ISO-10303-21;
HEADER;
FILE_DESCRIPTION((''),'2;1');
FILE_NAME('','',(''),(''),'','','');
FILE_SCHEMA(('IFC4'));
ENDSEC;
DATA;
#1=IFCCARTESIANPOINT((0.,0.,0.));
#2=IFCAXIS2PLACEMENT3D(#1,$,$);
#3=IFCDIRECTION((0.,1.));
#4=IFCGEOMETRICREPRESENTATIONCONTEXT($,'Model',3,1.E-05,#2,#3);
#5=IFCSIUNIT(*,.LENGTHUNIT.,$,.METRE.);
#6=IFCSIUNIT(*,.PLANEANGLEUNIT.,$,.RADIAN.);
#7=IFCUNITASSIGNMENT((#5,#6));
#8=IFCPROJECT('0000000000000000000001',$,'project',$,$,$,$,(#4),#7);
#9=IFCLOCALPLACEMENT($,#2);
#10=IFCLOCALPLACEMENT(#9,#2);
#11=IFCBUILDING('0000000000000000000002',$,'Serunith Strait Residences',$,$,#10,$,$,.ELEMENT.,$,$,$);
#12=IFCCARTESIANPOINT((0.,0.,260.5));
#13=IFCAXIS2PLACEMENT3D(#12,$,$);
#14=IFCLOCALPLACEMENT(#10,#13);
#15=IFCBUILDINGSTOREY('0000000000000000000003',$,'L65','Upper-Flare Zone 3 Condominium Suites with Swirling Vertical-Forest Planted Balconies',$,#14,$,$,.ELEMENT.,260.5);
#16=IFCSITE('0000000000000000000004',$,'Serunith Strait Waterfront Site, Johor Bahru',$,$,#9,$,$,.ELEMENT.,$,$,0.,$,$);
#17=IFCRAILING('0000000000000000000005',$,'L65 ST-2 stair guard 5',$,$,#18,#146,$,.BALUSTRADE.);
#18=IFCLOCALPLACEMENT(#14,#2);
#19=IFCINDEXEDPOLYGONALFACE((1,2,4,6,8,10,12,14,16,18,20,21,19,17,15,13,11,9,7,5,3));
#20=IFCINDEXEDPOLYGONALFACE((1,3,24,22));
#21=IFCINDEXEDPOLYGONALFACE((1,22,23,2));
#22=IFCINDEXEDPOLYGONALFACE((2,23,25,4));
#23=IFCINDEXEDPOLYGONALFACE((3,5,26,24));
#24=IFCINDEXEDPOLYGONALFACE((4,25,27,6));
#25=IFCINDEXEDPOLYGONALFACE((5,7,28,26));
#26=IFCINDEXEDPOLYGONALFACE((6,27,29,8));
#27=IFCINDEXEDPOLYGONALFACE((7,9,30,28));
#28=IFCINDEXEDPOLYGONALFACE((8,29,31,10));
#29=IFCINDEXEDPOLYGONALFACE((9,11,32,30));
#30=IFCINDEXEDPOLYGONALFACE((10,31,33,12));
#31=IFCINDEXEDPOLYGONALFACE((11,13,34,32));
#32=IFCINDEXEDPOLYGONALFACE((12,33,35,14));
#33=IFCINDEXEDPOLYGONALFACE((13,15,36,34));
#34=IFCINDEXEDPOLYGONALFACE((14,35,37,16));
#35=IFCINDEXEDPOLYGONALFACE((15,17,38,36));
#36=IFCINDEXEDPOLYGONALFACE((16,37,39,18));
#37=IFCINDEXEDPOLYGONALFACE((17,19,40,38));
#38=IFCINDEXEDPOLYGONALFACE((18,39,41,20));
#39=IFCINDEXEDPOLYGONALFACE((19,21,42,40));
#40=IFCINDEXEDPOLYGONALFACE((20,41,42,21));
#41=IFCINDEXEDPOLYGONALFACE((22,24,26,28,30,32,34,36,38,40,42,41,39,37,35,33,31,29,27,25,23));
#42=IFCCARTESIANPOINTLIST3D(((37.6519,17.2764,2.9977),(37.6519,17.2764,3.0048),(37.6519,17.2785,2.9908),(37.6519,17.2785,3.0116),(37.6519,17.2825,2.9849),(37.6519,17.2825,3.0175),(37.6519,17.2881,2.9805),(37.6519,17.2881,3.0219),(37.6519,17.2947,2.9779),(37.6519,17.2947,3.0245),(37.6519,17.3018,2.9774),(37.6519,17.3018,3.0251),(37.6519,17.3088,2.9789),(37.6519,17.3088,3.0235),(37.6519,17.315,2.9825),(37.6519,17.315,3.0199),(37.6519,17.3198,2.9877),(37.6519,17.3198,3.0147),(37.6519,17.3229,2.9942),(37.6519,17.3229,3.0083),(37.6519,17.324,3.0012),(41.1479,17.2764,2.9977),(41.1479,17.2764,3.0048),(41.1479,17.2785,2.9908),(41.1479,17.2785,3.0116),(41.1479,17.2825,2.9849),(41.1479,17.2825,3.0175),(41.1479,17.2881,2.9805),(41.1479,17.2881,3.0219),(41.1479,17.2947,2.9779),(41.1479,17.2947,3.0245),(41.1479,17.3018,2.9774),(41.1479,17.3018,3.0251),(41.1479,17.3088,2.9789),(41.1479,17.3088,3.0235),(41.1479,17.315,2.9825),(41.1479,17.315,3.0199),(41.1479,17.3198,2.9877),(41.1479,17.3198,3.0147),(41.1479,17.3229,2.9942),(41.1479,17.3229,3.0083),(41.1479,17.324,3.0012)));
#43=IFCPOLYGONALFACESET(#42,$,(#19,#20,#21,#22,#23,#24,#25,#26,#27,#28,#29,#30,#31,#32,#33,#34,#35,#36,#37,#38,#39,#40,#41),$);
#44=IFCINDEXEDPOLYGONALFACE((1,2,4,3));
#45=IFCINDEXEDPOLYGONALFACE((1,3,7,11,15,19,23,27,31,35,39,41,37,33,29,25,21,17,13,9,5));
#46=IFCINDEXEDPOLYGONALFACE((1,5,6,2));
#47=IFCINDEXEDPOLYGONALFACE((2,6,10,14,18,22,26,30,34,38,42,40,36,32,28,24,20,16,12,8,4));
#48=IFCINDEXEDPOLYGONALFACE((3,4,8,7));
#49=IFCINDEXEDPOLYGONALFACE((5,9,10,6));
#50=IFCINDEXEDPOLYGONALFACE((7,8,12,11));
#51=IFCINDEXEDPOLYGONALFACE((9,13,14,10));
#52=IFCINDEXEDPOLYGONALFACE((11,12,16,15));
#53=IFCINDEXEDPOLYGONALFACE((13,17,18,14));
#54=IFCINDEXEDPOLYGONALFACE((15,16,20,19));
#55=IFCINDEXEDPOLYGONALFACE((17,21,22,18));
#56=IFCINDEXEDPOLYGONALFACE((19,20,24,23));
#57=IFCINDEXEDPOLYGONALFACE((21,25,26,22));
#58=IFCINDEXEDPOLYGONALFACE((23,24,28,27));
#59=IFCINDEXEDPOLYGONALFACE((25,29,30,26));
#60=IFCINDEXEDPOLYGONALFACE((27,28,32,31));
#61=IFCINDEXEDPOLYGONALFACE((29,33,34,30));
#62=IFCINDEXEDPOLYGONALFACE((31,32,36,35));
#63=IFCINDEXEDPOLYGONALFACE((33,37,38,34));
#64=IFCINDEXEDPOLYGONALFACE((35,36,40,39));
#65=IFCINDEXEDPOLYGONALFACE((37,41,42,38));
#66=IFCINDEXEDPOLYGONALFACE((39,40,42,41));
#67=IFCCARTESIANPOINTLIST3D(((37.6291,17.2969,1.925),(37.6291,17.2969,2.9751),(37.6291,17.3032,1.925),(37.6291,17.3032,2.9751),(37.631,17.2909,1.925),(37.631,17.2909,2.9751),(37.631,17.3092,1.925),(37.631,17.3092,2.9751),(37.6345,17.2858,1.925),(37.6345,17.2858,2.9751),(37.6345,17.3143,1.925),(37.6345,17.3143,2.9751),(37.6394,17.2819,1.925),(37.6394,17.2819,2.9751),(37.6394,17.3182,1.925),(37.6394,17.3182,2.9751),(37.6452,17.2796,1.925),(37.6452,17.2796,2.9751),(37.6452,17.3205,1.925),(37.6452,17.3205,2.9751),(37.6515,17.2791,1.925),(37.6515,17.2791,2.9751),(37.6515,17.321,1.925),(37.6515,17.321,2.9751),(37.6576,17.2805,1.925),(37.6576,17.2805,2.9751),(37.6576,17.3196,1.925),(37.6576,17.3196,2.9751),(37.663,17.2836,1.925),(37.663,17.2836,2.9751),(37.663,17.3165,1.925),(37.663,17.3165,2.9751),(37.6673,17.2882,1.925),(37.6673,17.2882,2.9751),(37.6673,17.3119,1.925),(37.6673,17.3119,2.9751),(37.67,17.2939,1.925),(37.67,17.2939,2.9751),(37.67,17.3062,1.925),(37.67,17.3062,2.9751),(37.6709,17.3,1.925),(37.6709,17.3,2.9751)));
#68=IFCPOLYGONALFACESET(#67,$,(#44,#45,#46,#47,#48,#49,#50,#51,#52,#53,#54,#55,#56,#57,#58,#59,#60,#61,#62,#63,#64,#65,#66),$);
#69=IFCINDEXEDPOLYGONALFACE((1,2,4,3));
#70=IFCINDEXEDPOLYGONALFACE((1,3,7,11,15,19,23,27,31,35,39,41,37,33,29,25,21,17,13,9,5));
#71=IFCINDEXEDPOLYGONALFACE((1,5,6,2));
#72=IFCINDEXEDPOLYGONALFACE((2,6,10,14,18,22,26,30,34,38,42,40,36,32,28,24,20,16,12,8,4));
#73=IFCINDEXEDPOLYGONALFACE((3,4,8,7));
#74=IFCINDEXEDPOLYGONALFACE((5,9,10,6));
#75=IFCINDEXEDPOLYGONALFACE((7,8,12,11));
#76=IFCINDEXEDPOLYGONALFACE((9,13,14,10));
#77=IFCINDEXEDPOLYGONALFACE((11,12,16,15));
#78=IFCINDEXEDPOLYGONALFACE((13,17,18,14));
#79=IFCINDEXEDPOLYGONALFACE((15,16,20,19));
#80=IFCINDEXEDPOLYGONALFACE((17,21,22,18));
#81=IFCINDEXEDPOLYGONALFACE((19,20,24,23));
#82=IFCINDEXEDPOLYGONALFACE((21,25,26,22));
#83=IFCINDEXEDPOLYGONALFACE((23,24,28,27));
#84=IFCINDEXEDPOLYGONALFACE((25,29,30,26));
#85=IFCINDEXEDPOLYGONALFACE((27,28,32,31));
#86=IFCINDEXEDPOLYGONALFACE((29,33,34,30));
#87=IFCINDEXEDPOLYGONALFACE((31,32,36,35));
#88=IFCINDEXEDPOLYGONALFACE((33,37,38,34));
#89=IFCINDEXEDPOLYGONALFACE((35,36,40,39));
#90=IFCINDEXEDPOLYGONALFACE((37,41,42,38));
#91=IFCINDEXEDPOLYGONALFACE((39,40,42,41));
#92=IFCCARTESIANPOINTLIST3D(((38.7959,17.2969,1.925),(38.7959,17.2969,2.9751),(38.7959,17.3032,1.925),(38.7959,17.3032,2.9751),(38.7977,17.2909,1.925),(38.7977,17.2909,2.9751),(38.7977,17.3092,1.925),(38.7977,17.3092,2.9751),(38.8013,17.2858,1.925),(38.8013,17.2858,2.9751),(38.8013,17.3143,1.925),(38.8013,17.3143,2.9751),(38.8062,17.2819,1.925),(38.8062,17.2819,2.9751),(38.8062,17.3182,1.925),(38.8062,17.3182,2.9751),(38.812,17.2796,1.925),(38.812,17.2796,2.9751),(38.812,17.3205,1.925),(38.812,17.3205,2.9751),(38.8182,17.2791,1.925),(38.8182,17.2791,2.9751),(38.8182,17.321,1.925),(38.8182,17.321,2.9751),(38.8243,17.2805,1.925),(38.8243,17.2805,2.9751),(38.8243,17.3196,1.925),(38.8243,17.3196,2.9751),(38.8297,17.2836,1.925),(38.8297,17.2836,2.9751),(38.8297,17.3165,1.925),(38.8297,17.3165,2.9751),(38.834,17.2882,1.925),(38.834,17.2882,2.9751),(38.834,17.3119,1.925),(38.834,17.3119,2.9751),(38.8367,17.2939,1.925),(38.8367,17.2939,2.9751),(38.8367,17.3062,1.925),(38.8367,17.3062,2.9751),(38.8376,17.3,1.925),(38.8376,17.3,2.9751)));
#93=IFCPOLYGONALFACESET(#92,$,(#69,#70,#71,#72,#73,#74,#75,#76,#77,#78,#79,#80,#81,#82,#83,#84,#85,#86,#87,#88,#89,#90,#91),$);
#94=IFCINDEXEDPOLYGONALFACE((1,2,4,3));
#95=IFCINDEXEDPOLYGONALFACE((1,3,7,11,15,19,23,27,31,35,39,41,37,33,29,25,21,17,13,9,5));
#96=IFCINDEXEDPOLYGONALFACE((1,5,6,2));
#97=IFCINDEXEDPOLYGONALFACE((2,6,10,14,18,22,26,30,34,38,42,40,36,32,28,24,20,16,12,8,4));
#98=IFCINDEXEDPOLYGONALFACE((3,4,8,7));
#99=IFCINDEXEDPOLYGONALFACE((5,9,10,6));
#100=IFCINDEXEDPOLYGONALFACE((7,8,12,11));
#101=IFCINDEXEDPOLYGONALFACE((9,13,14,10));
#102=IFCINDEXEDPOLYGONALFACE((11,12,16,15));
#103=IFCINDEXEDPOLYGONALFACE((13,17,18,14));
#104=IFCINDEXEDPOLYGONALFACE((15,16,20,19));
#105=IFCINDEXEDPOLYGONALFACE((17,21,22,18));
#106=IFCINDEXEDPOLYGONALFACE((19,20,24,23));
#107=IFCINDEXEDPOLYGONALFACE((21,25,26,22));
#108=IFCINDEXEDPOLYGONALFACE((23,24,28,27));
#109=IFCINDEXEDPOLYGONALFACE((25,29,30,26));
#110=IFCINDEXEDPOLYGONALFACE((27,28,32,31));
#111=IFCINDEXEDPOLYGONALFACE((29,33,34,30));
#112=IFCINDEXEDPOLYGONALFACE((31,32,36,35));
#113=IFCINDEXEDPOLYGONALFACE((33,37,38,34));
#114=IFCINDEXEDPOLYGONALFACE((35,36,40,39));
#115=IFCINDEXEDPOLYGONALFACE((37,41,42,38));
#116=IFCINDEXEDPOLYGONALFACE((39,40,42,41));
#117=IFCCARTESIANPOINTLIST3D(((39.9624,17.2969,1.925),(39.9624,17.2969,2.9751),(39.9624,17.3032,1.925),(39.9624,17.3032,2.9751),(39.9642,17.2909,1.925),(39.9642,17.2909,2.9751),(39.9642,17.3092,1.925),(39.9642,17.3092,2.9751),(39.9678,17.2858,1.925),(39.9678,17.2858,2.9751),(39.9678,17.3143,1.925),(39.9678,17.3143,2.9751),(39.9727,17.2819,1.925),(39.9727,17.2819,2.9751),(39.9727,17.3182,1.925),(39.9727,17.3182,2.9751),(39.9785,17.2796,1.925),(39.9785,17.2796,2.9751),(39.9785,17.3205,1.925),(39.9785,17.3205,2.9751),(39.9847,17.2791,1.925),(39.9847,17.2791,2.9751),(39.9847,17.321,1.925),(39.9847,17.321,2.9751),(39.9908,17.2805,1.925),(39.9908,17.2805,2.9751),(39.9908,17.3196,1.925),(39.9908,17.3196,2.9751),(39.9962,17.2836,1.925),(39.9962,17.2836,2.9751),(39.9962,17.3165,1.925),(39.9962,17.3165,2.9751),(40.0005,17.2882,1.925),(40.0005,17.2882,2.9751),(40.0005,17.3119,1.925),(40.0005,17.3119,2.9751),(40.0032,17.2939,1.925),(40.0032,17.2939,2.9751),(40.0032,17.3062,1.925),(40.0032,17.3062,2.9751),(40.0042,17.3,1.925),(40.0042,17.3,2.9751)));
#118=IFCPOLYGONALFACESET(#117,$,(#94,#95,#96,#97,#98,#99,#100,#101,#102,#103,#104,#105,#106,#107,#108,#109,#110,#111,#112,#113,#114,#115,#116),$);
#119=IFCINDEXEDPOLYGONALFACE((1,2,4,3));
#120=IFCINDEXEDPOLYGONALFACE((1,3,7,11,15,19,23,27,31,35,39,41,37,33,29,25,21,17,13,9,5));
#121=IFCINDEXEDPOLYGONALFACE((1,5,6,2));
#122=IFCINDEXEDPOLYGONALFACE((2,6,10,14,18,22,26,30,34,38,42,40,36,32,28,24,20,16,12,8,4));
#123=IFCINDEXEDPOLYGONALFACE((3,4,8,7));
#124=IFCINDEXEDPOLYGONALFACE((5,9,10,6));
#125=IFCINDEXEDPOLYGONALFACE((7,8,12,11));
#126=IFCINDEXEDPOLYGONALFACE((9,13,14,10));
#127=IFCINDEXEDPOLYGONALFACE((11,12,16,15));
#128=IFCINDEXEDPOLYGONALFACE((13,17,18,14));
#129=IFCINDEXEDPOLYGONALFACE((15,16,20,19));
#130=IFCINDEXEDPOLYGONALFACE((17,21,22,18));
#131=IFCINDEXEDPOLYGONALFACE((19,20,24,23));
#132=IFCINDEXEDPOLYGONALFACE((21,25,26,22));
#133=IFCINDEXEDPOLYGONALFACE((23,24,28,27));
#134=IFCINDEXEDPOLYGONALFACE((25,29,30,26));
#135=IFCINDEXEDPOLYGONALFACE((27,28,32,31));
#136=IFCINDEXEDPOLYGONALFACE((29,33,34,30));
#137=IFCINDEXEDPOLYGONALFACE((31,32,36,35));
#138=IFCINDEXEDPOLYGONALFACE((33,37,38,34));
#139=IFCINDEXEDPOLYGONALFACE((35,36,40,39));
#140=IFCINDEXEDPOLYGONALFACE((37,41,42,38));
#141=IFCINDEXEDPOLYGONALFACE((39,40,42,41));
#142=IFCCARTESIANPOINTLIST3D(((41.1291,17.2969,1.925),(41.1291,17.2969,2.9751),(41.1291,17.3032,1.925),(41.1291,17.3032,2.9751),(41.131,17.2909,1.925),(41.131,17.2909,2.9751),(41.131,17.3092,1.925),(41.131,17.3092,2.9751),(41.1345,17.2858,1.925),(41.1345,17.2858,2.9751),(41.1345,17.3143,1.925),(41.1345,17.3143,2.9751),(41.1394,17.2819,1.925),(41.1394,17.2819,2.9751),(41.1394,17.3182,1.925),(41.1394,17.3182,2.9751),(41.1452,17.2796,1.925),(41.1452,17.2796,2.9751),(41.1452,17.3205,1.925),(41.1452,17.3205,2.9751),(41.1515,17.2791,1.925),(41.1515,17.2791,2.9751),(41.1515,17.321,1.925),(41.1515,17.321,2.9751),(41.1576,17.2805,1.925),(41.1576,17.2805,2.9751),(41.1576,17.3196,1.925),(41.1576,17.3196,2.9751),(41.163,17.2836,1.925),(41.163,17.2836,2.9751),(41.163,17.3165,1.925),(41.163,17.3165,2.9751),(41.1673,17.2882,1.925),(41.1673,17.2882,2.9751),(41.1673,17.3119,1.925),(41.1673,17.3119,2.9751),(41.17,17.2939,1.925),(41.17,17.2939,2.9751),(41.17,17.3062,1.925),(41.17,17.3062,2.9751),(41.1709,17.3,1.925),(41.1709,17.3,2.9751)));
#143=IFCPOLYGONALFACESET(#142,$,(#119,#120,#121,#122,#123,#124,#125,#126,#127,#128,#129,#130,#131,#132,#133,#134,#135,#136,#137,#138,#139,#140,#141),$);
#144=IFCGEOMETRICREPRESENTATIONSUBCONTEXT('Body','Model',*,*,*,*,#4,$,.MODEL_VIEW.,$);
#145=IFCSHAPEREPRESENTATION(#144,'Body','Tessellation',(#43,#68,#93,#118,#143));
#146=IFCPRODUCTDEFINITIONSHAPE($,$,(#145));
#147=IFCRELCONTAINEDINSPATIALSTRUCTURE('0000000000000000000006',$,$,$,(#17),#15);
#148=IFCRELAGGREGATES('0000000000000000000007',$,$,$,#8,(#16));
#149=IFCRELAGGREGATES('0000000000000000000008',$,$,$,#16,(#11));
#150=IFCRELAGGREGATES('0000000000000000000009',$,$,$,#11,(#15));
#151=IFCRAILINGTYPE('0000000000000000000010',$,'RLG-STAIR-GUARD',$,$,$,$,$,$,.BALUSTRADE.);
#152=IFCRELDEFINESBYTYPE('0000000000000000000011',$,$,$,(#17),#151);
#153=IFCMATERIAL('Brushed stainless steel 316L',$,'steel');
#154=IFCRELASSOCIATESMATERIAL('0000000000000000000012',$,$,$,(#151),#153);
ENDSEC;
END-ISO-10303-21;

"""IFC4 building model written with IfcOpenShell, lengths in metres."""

from ifc_helpers import new_model, si_unit, direction, frame, origin, origin_2d, place, context, subcontext, project, spatial, circle, extrude, material, type_object, element, save


model = new_model("IFC4")

# Units and contexts
model_context = context("Model", 3, precision=1e-05, world=origin(), true_north=direction((0.0, 1.0)))
body_context = subcontext(model_context, "Body", "Model", "MODEL_VIEW")
ifc_project = project(units=[si_unit("LENGTHUNIT", "METRE"), si_unit("PLANEANGLEUNIT", "RADIAN")], contexts=[model_context])

# Site, building, storey
site_placement = place(None, origin())
site = spatial("IfcSite", under=ifc_project, at=site_placement, Name="Serunith Strait Waterfront Site, Johor Bahru", CompositionType="ELEMENT", RefElevation=0.0)
building_placement = place(site_placement, origin())
building = spatial("IfcBuilding", under=site, at=building_placement, Name="Serunith Strait Residences", CompositionType="ELEMENT")
storey_placement = place(building_placement, frame((0.0, 0.0, 260.5)))
storey = spatial("IfcBuildingStorey", under=building, at=storey_placement, Name="L65", Description="Upper-Flare Zone 3 Condominium Suites with Swirling Vertical-Forest Planted Balconies", CompositionType="ELEMENT", Elevation=260.5)

# Railing
ifc_material_1 = material(Name="Brushed stainless steel 316L", Category="steel")
railing_type_1 = type_object("IfcRailingType", Name="RLG-STAIR-GUARD", PredefinedType="BALUSTRADE", material=ifc_material_1)
railing_1_placement = place(storey_placement, frame((37.6499, 17.3, 1.925)))
element("IfcRailing", 1, at=railing_1_placement, inside=storey, type_object=railing_type_1, Name="L65 ST-2 stair guard 5", PredefinedType="BALUSTRADE", context=body_context, shape_type="SweptSolid", body=[
    extrude(circle(Radius=0.0239, at=origin_2d()), frame((0.002, 0.0, 1.0762), z_axis=(1.0, 0.0, 0.0), x_axis=(0.0, 1.0, 0.0)), (0.0, 0.0, 1.0), 3.4961),
    extrude(circle(Radius=0.021, at=origin_2d()), origin(), (0.0, 0.0, 1.0), 1.05),
    extrude(circle(Radius=0.021, at=origin_2d()), frame((1.1667, 0.0, 0.0)), (0.0, 0.0, 1.0), 1.05),
    extrude(circle(Radius=0.021, at=origin_2d()), frame((2.3333, 0.0, 0.0)), (0.0, 0.0, 1.0), 1.05),
    extrude(circle(Radius=0.021, at=origin_2d()), frame((3.5, 0.0, 0.0)), (0.0, 0.0, 1.0), 1.05),
])

save(model, "model.ifc")
